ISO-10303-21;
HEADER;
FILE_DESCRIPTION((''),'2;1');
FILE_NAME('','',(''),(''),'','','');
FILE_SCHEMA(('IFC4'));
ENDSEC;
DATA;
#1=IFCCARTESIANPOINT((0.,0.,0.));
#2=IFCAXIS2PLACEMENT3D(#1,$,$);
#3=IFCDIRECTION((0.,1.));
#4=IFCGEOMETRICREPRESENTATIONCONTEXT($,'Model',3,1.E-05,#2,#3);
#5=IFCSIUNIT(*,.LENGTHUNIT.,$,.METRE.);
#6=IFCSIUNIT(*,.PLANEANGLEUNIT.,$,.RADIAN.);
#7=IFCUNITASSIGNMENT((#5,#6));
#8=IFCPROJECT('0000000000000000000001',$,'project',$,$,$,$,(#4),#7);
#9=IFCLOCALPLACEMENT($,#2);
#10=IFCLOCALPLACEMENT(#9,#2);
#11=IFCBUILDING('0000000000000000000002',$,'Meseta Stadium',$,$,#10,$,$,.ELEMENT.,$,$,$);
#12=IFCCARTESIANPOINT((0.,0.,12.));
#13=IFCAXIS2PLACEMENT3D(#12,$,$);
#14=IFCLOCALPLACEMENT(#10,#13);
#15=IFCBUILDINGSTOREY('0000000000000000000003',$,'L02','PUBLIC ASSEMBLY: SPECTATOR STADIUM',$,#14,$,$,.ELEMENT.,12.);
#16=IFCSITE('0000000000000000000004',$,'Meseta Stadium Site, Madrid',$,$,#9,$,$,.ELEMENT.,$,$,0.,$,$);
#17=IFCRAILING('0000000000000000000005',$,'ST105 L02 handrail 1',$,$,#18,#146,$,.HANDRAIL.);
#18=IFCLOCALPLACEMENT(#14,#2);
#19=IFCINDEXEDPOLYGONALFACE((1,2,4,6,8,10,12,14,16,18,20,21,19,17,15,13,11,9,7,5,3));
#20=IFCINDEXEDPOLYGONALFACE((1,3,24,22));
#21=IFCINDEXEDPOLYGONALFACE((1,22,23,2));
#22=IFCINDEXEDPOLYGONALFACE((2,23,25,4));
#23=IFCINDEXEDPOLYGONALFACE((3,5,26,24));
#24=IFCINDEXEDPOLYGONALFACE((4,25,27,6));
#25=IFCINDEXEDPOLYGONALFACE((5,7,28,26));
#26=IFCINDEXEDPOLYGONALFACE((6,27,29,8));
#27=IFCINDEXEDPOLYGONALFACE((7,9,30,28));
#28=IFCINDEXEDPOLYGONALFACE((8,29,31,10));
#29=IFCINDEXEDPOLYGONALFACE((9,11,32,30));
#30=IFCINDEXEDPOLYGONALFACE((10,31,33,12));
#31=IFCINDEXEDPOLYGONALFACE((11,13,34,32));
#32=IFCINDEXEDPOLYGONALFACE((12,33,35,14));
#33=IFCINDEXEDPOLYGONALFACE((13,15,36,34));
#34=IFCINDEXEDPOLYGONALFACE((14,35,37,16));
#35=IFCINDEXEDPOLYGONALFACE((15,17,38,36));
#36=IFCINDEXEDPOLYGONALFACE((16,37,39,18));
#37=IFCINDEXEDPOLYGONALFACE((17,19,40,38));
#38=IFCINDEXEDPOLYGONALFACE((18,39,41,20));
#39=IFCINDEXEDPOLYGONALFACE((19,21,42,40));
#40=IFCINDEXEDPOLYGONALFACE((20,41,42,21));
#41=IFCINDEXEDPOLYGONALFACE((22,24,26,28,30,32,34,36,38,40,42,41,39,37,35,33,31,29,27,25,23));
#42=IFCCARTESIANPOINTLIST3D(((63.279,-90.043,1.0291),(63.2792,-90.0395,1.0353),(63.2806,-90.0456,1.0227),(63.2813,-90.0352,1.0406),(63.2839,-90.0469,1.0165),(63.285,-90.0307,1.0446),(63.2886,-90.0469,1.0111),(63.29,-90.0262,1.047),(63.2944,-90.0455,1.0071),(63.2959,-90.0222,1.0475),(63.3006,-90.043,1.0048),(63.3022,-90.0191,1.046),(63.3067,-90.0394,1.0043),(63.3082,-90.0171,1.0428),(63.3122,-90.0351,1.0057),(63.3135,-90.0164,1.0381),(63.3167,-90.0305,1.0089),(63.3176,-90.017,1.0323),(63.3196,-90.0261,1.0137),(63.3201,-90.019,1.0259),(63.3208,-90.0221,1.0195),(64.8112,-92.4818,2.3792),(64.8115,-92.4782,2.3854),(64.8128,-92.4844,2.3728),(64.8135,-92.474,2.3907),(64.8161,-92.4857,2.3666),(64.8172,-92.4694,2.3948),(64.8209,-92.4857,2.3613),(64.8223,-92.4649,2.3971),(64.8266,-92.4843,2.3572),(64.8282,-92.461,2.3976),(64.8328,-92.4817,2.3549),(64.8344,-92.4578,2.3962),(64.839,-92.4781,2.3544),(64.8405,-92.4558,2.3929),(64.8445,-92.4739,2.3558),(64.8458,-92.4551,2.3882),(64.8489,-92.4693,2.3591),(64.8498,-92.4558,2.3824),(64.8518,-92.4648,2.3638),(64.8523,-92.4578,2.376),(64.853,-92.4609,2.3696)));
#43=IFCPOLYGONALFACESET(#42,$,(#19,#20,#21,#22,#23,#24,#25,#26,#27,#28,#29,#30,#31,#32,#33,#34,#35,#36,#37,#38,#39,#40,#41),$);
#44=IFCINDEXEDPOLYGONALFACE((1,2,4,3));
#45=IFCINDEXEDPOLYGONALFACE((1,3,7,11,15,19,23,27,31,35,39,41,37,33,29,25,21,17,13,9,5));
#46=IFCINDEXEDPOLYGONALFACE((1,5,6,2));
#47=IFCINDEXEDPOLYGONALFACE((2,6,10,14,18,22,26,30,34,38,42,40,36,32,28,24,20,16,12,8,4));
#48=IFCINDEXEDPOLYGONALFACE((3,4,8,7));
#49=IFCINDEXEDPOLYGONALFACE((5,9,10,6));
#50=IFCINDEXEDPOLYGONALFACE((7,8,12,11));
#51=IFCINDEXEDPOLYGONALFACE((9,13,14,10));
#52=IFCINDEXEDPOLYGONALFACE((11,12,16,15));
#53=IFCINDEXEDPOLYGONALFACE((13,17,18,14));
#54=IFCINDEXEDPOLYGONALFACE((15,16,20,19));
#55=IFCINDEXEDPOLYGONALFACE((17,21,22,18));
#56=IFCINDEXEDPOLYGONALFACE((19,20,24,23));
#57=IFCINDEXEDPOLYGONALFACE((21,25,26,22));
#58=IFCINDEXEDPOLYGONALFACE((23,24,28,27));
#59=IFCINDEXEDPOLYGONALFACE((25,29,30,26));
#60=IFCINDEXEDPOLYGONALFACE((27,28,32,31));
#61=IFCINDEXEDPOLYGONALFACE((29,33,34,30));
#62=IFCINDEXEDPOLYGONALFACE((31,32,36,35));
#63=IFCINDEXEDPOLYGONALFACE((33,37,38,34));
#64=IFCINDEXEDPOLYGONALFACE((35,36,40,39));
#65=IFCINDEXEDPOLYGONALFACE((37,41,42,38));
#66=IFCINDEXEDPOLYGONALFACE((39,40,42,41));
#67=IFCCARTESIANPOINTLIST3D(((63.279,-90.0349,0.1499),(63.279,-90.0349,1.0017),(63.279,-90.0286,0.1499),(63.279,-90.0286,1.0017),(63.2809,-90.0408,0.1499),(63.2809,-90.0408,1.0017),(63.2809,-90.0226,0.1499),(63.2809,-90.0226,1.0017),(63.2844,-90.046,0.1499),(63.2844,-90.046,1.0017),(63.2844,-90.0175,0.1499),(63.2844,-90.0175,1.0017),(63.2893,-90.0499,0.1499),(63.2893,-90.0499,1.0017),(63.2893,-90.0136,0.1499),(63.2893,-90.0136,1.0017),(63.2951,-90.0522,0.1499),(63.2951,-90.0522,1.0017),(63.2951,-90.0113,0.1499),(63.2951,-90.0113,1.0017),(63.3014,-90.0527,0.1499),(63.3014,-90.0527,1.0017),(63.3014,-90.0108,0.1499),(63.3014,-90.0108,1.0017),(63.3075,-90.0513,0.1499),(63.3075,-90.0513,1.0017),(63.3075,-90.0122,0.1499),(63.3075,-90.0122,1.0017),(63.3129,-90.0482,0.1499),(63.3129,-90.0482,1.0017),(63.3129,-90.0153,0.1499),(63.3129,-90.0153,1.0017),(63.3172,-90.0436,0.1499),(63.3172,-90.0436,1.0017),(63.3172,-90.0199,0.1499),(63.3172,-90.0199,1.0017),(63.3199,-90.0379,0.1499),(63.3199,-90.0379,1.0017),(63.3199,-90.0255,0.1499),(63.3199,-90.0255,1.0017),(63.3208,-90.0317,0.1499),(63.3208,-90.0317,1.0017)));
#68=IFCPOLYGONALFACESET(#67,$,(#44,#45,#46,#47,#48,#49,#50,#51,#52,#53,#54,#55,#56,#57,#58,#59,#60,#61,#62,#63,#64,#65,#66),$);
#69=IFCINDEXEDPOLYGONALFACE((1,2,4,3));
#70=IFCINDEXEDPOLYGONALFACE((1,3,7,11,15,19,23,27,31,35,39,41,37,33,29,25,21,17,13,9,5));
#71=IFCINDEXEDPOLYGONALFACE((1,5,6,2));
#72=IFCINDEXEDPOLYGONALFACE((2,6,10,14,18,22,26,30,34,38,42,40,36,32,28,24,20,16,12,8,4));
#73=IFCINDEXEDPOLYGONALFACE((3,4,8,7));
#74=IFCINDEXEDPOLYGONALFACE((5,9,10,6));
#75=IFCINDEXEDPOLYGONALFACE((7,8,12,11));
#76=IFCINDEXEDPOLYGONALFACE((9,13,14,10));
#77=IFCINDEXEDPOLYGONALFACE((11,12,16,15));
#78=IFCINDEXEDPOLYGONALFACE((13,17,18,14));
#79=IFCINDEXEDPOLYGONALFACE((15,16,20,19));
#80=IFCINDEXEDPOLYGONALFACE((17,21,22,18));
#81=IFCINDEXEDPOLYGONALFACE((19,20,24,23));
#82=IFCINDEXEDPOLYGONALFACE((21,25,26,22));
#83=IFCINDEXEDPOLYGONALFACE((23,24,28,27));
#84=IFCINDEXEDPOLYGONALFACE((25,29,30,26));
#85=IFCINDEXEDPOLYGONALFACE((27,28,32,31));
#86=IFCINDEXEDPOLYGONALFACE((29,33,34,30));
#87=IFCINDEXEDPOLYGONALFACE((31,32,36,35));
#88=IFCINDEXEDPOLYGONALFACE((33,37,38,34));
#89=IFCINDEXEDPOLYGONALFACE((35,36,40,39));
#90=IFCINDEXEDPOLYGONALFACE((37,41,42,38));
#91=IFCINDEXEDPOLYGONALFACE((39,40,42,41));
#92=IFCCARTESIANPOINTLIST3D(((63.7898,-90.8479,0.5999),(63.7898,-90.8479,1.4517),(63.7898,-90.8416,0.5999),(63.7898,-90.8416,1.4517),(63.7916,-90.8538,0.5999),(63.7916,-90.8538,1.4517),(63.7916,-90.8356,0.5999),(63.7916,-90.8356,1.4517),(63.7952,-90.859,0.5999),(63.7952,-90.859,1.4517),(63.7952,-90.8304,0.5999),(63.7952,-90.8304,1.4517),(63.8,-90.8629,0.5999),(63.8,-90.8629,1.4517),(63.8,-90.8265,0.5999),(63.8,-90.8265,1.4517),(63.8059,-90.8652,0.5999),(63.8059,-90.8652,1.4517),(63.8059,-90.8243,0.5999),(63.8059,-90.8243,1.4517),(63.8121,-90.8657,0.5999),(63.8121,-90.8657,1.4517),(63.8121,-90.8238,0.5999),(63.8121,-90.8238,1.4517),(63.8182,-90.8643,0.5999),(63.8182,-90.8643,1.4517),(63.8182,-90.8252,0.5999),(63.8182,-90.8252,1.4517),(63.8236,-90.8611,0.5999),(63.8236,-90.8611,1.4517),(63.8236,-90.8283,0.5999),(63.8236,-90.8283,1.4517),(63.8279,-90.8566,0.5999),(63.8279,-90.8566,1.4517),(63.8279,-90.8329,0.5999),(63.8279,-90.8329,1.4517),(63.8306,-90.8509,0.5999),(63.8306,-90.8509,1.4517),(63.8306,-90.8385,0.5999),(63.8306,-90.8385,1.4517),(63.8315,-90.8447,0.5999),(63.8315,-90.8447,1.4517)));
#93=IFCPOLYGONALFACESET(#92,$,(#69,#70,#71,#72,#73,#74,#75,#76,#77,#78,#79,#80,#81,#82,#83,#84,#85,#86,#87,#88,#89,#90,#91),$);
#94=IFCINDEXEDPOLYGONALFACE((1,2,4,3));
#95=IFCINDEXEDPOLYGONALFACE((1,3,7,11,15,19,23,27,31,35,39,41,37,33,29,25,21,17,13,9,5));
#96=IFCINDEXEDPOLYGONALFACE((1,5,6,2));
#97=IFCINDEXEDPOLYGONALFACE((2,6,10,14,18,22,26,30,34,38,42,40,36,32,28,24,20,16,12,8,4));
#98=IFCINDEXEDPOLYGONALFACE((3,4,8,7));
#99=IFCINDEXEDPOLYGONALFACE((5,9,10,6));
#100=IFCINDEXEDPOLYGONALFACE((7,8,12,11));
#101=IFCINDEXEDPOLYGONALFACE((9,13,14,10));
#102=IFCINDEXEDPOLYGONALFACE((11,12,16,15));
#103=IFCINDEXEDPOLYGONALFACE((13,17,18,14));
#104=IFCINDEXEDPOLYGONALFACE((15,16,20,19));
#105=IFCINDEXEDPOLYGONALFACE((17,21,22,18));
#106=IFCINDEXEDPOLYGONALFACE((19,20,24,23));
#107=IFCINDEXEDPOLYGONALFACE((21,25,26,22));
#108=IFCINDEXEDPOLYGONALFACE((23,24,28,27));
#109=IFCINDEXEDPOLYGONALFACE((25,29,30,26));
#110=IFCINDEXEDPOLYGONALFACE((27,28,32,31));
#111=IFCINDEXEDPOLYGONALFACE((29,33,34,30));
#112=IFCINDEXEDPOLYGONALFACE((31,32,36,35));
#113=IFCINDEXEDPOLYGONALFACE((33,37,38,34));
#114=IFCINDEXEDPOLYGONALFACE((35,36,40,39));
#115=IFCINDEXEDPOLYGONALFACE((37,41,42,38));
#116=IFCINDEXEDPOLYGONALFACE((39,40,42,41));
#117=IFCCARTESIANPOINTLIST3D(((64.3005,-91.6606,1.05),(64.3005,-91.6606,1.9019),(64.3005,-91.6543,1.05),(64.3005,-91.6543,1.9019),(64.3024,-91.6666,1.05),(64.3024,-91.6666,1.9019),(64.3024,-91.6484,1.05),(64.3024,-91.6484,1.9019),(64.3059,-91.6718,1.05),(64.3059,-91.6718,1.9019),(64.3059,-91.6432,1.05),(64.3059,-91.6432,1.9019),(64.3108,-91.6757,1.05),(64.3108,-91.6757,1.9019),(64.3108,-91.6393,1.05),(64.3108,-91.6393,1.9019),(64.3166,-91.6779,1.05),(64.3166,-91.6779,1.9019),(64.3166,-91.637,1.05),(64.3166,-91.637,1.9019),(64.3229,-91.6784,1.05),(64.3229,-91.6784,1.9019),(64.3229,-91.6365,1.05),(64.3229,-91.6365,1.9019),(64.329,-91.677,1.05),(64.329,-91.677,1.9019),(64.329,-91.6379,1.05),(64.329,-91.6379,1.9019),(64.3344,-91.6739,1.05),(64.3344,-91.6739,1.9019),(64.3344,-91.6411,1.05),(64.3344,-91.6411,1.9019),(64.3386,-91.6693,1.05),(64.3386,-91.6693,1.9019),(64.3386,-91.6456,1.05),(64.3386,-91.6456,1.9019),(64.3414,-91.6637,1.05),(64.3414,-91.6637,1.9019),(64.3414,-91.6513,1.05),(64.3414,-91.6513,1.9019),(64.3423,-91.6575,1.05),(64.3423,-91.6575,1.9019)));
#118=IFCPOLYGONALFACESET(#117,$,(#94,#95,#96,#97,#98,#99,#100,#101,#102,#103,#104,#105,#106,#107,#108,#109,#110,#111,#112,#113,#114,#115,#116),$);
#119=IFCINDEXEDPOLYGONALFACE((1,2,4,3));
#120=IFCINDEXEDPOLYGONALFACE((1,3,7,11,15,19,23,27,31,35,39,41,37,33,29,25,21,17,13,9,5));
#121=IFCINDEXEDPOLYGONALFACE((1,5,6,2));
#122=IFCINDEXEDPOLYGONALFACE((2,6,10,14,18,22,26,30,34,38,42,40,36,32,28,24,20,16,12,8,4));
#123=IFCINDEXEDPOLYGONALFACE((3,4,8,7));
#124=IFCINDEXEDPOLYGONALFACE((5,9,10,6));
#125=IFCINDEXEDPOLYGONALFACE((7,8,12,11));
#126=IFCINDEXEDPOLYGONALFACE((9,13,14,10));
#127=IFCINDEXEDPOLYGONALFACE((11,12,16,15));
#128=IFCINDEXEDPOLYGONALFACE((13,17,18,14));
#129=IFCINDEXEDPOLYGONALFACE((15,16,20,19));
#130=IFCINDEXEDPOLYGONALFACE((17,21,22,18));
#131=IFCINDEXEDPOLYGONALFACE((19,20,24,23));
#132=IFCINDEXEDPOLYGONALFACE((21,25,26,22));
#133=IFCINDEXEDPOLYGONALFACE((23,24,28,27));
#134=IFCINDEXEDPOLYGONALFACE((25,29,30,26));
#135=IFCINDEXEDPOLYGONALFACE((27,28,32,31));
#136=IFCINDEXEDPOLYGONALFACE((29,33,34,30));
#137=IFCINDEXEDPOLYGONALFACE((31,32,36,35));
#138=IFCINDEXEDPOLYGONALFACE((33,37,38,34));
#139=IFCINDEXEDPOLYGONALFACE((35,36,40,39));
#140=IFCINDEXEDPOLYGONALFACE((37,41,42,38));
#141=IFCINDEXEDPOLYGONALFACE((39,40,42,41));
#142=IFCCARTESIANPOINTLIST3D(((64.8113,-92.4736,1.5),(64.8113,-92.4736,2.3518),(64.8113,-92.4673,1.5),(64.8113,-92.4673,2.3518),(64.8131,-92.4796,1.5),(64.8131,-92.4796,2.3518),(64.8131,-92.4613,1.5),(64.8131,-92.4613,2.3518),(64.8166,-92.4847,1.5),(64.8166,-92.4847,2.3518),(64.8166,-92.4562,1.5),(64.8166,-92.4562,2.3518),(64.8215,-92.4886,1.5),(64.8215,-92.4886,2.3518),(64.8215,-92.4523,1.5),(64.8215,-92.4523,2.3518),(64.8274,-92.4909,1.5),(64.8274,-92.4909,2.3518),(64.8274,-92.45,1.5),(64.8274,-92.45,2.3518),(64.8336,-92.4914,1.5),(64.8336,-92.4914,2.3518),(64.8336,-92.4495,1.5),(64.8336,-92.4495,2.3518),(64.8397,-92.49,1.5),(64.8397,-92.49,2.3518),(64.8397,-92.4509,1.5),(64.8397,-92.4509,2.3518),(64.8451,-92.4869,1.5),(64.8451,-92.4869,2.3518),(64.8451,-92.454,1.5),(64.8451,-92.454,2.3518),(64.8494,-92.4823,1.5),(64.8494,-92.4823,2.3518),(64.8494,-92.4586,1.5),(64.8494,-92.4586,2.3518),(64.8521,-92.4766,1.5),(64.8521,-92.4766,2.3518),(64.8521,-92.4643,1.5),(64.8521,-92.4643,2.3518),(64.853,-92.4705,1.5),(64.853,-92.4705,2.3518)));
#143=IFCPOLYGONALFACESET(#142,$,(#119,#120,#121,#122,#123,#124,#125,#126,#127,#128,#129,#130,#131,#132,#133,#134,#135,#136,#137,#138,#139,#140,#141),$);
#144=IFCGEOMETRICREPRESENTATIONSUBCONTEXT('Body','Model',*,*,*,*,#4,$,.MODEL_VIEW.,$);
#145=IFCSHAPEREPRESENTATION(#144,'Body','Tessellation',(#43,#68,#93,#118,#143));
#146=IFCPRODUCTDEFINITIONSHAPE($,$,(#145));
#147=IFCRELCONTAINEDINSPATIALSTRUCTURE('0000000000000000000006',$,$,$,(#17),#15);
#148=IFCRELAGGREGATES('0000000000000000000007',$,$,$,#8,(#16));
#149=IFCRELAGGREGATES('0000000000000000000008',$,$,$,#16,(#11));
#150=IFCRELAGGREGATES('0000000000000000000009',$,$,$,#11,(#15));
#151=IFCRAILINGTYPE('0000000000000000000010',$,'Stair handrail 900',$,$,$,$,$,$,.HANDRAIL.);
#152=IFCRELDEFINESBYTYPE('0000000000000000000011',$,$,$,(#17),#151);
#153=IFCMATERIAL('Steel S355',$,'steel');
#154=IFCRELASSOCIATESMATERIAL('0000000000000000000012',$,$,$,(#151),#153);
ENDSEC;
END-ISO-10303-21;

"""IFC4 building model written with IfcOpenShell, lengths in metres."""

from ifc_helpers import new_model, si_unit, direction, frame, origin, origin_2d, place, context, subcontext, project, spatial, circle, extrude, material, type_object, element, save


model = new_model("IFC4")

# Units and contexts
model_context = context("Model", 3, precision=1e-05, world=origin(), true_north=direction((0.0, 1.0)))
body_context = subcontext(model_context, "Body", "Model", "MODEL_VIEW")
ifc_project = project(units=[si_unit("LENGTHUNIT", "METRE"), si_unit("PLANEANGLEUNIT", "RADIAN")], contexts=[model_context])

# Site, building, storey
site_placement = place(None, origin())
site = spatial("IfcSite", under=ifc_project, at=site_placement, Name="Meseta Stadium Site, Madrid", CompositionType="ELEMENT", RefElevation=0.0)
building_placement = place(site_placement, origin())
building = spatial("IfcBuilding", under=site, at=building_placement, Name="Meseta Stadium", CompositionType="ELEMENT")
storey_placement = place(building_placement, frame((0.0, 0.0, 12.0)))
storey = spatial("IfcBuildingStorey", under=building, at=storey_placement, Name="L02", Description="PUBLIC ASSEMBLY: SPECTATOR STADIUM", CompositionType="ELEMENT", Elevation=12.0)

# Railing
ifc_material_1 = material(Name="Steel S355", Category="steel")
railing_type_1 = type_object("IfcRailingType", Name="Stair handrail 900", PredefinedType="HANDRAIL", material=ifc_material_1)
for number, where, name in (
    (1, (63.2998, -90.0317, 0.1499), "ST105 L02 handrail 1"),
):
    element("IfcRailing", number, at=place(storey_placement, frame(where)), inside=storey, type_object=railing_type_1, Name=name, PredefinedType="HANDRAIL", context=body_context, shape_type="SweptSolid", body=[
        extrude(circle(Radius=0.0239, at=origin_2d()), frame((0.0, 0.0, 0.876), z_axis=(0.481703, -0.766687, 0.424445), x_axis=(0.846743, 0.532001, 0.0)), (0.0, 0.0, 1.0), 3.1809),
        extrude(circle(Radius=0.021, at=origin_2d()), origin(), (0.0, 0.0, 1.0), 0.8518),
        extrude(circle(Radius=0.021, at=origin_2d()), frame((0.5107, -0.813, 0.45)), (0.0, 0.0, 1.0), 0.8518),
        extrude(circle(Radius=0.021, at=origin_2d()), frame((1.0215, -1.6257, 0.9001)), (0.0, 0.0, 1.0), 0.8518),
        extrude(circle(Radius=0.021, at=origin_2d()), frame((1.5322, -2.4387, 1.3501)), (0.0, 0.0, 1.0), 0.8518),
    ])

save(model, "model.ifc")
